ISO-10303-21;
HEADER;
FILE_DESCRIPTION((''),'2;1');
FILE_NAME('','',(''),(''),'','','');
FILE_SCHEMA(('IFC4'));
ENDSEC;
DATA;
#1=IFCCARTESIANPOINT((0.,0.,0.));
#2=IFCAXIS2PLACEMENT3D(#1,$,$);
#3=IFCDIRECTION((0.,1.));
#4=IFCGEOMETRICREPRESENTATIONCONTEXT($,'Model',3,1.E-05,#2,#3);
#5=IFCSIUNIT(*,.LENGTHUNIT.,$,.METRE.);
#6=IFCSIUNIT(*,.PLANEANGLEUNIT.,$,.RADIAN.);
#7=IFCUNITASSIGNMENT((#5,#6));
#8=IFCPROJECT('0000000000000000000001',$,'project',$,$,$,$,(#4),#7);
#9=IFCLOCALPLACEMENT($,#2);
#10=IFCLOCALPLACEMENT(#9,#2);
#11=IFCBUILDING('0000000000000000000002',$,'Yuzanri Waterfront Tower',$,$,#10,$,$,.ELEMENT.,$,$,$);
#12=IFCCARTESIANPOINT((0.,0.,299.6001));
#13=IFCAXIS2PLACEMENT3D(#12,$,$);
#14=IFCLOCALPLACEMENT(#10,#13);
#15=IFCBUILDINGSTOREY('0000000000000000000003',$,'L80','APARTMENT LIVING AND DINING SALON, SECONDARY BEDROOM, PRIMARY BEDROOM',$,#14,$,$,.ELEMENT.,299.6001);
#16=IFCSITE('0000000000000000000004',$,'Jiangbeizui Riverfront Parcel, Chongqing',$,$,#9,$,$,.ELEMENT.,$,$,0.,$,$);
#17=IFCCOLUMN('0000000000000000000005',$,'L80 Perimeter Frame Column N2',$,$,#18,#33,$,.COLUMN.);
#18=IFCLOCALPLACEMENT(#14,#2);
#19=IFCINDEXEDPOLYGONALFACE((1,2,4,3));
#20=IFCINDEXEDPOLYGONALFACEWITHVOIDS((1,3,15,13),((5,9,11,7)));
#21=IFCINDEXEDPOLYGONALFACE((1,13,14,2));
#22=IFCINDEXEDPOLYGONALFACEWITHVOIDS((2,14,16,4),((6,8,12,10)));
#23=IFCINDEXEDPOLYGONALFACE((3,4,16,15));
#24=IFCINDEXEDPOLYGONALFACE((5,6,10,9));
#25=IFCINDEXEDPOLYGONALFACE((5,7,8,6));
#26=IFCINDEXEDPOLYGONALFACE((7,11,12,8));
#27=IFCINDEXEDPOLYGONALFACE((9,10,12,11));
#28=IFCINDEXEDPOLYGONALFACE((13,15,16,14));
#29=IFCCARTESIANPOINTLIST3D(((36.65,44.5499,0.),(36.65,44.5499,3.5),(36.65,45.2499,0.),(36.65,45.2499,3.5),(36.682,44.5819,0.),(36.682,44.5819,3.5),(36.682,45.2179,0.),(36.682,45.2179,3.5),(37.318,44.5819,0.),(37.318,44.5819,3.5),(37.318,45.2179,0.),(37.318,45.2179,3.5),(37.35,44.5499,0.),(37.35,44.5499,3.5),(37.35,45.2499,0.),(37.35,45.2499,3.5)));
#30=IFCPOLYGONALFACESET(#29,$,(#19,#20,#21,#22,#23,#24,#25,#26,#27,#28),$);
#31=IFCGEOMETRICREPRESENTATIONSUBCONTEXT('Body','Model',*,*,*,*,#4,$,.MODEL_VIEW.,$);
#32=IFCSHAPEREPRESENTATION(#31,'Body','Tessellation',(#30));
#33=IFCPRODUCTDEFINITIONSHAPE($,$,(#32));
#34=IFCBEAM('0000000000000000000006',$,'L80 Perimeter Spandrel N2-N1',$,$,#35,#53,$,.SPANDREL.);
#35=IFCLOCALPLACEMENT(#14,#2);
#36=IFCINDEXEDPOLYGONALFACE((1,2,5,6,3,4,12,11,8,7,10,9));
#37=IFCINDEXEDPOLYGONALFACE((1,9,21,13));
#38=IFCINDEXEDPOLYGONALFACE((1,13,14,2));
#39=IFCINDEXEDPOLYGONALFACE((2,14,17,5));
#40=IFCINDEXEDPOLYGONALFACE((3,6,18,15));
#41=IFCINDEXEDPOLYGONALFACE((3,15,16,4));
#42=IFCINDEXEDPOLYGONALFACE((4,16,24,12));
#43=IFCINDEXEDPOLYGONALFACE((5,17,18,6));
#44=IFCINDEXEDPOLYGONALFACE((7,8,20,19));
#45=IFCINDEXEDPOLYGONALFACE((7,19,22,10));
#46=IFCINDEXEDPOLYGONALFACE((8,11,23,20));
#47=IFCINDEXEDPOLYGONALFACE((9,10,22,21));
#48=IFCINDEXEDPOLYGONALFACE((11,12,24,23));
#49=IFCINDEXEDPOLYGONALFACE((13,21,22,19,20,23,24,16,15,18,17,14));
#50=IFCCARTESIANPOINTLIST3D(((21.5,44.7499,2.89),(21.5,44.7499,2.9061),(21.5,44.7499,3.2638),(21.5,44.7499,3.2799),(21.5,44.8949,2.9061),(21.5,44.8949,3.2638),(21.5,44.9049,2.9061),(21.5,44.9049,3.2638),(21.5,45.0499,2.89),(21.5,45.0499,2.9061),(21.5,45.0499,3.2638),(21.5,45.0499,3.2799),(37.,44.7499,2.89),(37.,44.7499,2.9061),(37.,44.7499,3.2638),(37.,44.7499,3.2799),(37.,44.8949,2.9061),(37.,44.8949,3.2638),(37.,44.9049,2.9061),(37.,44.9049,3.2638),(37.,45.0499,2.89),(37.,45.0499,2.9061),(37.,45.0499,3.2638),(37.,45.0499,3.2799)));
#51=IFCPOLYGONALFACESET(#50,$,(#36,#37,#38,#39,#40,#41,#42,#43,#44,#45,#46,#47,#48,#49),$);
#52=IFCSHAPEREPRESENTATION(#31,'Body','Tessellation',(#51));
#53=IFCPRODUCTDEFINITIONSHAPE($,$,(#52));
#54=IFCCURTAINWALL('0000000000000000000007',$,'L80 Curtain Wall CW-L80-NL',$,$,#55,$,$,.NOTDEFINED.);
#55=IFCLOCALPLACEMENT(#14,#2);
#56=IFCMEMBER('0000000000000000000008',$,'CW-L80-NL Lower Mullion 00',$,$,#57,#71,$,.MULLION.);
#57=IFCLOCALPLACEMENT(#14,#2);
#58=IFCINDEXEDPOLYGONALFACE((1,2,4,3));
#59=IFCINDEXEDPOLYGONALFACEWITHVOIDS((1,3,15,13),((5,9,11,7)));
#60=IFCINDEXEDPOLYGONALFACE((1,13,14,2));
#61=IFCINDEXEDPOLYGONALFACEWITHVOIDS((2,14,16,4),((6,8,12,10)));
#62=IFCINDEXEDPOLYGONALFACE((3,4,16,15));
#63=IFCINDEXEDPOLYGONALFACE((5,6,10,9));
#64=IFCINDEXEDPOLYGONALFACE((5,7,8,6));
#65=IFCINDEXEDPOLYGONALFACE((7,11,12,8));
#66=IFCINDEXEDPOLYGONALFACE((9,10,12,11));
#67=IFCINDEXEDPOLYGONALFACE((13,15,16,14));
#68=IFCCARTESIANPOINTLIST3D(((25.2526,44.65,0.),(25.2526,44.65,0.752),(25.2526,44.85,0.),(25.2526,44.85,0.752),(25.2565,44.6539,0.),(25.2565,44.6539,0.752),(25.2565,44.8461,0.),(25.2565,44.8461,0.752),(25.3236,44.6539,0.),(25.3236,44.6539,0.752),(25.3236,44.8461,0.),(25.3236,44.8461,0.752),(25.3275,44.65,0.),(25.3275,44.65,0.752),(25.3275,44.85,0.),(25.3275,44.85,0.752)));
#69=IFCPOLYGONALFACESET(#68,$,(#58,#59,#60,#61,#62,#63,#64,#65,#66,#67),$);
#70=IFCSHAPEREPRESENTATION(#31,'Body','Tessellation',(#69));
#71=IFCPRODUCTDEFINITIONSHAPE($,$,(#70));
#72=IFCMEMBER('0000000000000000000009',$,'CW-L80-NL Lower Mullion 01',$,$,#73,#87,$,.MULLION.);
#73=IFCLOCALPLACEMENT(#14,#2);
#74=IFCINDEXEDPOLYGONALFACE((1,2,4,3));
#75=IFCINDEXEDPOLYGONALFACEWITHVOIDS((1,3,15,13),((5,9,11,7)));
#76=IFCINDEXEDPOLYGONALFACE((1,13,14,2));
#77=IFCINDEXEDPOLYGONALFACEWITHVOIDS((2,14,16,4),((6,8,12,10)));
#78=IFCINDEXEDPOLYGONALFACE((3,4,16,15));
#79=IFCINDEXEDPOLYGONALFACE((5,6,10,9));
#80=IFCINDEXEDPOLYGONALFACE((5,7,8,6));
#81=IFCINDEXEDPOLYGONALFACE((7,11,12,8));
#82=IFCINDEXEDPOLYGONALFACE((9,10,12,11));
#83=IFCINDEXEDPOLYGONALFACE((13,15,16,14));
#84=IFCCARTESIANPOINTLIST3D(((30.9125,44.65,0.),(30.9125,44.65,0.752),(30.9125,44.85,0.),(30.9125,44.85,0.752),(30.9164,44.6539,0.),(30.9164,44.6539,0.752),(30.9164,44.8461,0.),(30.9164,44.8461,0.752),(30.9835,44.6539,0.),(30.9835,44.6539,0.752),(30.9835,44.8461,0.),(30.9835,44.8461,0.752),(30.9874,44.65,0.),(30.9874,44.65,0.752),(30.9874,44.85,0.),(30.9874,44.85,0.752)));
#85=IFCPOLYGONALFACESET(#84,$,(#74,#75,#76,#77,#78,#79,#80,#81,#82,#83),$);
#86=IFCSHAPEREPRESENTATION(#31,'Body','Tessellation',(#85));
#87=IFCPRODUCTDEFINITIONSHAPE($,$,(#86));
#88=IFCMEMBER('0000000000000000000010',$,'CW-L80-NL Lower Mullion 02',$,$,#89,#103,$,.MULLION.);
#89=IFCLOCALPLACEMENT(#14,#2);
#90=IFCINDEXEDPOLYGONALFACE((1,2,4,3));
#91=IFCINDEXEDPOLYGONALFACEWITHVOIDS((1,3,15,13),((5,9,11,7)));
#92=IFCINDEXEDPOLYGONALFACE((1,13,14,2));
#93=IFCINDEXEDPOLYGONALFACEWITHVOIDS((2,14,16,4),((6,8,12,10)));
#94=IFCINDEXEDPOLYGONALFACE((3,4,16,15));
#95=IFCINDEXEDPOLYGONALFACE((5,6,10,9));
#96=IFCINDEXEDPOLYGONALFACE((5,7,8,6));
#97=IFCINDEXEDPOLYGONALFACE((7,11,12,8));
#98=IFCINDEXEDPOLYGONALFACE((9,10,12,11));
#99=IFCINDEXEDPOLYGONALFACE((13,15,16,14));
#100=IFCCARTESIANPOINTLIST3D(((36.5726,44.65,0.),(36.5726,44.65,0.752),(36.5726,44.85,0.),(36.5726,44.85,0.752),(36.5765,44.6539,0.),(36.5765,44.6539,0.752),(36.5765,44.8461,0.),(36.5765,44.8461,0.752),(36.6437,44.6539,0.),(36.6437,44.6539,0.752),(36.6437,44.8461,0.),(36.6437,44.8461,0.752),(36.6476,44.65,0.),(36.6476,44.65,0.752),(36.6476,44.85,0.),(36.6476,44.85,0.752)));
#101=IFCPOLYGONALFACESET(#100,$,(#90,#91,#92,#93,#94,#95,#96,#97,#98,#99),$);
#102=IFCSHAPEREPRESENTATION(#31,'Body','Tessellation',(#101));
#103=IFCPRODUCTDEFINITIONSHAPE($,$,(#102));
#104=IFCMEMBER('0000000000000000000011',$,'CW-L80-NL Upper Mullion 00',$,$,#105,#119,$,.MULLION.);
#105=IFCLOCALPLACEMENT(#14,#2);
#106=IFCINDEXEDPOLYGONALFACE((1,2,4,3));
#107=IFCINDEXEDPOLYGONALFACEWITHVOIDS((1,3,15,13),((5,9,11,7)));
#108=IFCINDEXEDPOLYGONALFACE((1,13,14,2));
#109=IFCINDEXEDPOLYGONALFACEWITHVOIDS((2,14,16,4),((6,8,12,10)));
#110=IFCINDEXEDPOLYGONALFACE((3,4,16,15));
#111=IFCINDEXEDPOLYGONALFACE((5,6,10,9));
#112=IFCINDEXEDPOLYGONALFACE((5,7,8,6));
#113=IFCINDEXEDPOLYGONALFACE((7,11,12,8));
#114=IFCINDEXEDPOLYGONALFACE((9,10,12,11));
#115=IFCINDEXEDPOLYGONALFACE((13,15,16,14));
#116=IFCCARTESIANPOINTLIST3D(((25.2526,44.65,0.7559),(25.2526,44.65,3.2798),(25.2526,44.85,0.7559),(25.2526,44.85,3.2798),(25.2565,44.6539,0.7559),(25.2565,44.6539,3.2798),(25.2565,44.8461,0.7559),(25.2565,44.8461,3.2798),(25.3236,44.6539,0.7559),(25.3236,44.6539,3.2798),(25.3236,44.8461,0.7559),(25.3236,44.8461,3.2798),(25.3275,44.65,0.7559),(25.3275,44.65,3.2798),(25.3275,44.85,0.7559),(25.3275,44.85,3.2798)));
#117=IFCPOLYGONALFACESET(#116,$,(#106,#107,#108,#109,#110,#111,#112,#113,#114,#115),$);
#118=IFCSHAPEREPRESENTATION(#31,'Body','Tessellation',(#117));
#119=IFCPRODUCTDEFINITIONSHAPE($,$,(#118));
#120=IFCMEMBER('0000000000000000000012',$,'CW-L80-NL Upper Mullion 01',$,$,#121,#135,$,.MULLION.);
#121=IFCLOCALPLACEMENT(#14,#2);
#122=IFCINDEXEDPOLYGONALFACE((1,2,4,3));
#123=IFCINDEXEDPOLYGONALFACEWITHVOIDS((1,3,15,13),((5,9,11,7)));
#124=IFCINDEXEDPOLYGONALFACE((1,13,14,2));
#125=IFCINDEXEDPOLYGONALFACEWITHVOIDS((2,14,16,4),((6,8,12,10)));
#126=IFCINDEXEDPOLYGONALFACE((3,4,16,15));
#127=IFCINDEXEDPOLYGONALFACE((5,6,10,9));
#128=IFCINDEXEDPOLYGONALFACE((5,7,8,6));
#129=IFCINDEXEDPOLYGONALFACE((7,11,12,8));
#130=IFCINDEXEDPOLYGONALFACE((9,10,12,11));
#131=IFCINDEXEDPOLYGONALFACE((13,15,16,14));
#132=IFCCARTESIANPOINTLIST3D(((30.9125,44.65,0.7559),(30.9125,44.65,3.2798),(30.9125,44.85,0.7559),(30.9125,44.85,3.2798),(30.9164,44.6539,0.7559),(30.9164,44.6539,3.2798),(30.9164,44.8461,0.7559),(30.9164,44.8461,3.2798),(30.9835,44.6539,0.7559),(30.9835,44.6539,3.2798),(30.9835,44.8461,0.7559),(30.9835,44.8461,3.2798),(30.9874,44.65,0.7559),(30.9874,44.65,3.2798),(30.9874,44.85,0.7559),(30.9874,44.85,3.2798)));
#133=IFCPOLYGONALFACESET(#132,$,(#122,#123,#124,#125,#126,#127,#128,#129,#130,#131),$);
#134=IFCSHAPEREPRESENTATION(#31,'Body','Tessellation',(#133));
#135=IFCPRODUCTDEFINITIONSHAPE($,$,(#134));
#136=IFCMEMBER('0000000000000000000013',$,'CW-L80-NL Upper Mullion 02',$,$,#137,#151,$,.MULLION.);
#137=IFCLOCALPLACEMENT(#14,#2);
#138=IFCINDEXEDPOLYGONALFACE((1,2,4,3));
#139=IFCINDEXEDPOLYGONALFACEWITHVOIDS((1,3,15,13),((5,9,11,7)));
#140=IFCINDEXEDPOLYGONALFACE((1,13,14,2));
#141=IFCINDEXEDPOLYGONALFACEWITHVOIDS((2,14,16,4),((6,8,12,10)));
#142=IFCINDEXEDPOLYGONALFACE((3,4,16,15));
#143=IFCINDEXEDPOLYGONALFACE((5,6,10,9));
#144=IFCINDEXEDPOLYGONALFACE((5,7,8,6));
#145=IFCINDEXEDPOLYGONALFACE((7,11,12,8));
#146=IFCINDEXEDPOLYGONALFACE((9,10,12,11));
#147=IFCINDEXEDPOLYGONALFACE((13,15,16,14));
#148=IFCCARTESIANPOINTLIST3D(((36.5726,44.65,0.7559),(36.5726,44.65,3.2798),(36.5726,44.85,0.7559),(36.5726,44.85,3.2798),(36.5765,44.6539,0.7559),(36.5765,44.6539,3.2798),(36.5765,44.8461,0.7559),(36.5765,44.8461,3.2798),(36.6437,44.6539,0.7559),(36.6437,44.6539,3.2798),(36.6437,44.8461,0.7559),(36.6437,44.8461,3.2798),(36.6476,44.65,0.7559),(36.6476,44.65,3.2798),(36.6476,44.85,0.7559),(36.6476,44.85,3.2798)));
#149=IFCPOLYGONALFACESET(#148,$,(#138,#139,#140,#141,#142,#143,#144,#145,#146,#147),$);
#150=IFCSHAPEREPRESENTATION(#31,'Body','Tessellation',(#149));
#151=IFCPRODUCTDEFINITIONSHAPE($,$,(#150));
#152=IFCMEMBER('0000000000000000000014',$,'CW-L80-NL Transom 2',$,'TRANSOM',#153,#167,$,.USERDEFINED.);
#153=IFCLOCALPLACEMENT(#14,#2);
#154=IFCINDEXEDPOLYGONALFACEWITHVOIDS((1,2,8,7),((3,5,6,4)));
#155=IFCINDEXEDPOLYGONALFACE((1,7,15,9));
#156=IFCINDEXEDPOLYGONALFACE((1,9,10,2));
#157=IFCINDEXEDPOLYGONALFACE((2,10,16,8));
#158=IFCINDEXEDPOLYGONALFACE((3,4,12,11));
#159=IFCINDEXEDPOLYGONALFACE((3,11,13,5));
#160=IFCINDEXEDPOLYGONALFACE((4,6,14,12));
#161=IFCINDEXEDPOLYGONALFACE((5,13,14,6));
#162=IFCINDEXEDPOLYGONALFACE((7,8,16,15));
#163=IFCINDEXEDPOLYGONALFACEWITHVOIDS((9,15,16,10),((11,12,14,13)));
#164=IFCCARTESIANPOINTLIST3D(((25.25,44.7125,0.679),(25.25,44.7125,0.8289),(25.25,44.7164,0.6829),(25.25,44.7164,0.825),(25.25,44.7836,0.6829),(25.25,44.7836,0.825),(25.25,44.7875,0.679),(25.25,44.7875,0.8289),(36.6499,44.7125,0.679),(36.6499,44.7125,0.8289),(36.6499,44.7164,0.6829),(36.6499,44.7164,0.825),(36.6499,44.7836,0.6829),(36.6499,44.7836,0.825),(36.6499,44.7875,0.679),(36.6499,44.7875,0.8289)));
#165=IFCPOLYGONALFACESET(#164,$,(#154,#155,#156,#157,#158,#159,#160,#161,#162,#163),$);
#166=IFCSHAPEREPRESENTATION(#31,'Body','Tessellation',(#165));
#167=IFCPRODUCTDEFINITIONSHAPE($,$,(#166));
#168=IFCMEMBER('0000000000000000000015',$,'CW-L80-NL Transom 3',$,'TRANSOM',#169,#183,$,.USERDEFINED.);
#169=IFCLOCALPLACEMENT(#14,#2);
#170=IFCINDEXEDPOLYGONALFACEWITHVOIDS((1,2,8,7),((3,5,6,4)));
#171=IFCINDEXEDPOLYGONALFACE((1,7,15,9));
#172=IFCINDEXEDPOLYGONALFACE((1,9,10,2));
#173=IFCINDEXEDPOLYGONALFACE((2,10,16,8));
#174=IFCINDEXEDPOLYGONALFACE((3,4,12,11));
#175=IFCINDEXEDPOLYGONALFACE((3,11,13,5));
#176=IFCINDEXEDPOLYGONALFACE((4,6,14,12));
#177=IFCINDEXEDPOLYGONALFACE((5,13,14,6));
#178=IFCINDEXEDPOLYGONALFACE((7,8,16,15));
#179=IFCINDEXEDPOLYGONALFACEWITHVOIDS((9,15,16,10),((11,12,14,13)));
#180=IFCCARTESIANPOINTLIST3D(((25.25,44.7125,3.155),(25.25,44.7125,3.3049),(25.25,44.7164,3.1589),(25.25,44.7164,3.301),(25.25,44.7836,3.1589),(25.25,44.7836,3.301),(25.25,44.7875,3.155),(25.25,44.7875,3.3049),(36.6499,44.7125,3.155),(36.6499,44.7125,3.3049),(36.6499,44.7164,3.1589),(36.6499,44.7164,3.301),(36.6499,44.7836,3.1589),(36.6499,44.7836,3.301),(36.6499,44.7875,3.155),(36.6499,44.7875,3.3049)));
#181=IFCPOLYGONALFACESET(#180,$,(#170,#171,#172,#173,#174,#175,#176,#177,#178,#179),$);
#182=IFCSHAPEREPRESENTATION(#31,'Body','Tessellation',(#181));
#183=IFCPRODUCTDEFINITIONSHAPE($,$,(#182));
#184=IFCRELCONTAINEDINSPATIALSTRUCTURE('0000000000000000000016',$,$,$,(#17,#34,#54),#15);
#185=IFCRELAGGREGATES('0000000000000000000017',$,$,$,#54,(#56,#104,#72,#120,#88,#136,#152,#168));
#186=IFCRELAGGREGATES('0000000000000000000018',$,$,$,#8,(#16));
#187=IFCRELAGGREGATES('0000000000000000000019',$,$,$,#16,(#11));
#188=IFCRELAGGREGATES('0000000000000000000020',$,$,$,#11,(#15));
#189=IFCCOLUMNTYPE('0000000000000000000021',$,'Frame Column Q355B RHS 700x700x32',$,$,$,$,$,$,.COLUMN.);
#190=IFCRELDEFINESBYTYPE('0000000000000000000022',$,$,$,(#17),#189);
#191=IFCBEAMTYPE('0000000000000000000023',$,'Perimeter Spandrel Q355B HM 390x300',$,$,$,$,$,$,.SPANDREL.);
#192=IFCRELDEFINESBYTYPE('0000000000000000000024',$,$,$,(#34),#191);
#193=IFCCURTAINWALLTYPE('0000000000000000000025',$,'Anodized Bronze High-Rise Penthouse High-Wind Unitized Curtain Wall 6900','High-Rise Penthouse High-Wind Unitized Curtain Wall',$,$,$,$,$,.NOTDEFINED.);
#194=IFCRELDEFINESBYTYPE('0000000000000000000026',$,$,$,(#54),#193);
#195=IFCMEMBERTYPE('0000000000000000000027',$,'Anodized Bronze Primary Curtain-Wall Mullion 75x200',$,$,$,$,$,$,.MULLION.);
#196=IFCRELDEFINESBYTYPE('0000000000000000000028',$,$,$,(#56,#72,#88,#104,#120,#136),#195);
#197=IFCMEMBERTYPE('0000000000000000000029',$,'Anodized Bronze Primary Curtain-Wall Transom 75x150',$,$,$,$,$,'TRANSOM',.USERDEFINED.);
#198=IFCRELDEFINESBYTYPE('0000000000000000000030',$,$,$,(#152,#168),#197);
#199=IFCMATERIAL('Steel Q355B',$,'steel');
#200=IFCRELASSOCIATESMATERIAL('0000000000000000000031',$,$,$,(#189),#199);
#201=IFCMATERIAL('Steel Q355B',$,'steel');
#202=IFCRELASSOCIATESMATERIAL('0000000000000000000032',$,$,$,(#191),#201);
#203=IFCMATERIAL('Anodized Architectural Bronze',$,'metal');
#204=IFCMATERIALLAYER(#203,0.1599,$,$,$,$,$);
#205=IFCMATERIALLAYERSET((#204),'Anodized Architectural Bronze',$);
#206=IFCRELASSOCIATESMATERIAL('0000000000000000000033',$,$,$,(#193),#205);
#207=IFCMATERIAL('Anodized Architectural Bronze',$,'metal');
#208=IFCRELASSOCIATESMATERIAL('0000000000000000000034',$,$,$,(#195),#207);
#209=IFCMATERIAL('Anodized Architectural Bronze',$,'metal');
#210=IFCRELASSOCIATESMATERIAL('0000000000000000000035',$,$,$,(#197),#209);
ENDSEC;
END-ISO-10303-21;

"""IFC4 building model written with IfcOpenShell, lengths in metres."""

from ifc_helpers import new_model, si_unit, direction, frame, origin, origin_2d, place, context, subcontext, project, spatial, hollow_rectangle, i_section, extrude, source, transform, mapped, material, layer, layer_set, material_profile, profile_set, type_object, element, aggregate, save


model = new_model("IFC4")

# Units and contexts
model_context = context("Model", 3, precision=1e-05, world=origin(), true_north=direction((0.0, 1.0)))
body_context = subcontext(model_context, "Body", "Model", "MODEL_VIEW")
ifc_project = project(units=[si_unit("LENGTHUNIT", "METRE"), si_unit("PLANEANGLEUNIT", "RADIAN")], contexts=[model_context])

# Site, building, storey
site_placement = place(None, origin())
site = spatial("IfcSite", under=ifc_project, at=site_placement, Name="Jiangbeizui Riverfront Parcel, Chongqing", CompositionType="ELEMENT", RefElevation=0.0)
building_placement = place(site_placement, origin())
building = spatial("IfcBuilding", under=site, at=building_placement, Name="Yuzanri Waterfront Tower", CompositionType="ELEMENT")
storey_placement = place(building_placement, frame((0.0, 0.0, 299.6001)))
storey = spatial("IfcBuildingStorey", under=building, at=storey_placement, Name="L80", Description="APARTMENT LIVING AND DINING SALON, SECONDARY BEDROOM, PRIMARY BEDROOM", CompositionType="ELEMENT", Elevation=299.6001)

# Column
ifc_material_1 = material(Name="Steel Q355B", Category="steel")
ifc_material_profile_1 = material_profile(ifc_material_1, hollow_rectangle(XDim=0.7, YDim=0.7, WallThickness=0.032, at=origin_2d()), Name="RHS 700x700x32")
ifc_profile_set_1 = profile_set([ifc_material_profile_1], Name="Steel Q355B")
column_type = type_object("IfcColumnType", Name="Frame Column Q355B RHS 700x700x32", PredefinedType="COLUMN", material=ifc_profile_set_1)
shared_shape_1 = source(origin(), body_context, "Body", "SweptSolid", [
    extrude(hollow_rectangle(XDim=0.7, YDim=0.7, WallThickness=0.032, at=origin_2d()), origin(), (0.0, 0.0, 1.0), 3.5),
])
column_placement = place(storey_placement, frame((37.0, 44.8999, 0.0), z_axis=(0.0, 0.0, 1.0), x_axis=(1.0, 0.0, 0.0)))
element("IfcColumn", 1, at=column_placement, inside=storey, type_object=column_type, Name="L80 Perimeter Frame Column N2", PredefinedType="COLUMN", context=body_context, shape_type="MappedRepresentation", body=[
    mapped(shared_shape_1, transform((0.0, 0.0, 0.0), scale=1.0)),
])

# Beam
ifc_material_2 = material(Name="Steel Q355B", Category="steel")
ifc_material_profile_2 = material_profile(ifc_material_2, i_section(OverallWidth=0.3, OverallDepth=0.3899, WebThickness=0.01, FlangeThickness=0.0161, at=origin_2d()), Name="HM 390x300x10x16")
ifc_profile_set_2 = profile_set([ifc_material_profile_2], Name="Steel Q355B")
beam_type = type_object("IfcBeamType", Name="Perimeter Spandrel Q355B HM 390x300", PredefinedType="SPANDREL", material=ifc_profile_set_2)
shared_shape_2 = source(origin(), body_context, "Body", "SweptSolid", [
    extrude(i_section(OverallWidth=0.3, OverallDepth=0.3899, WebThickness=0.01, FlangeThickness=0.0161, at=origin_2d()), origin(), (0.0, 0.0, 1.0), 15.5),
])
beam_placement = place(storey_placement, frame((37.0, 44.8999, 3.085), z_axis=(-1.0, 0.0, 0.0), x_axis=(0.0, -1.0, 0.0)))
element("IfcBeam", 2, at=beam_placement, inside=storey, type_object=beam_type, Name="L80 Perimeter Spandrel N2-N1", PredefinedType="SPANDREL", context=body_context, shape_type="MappedRepresentation", body=[
    mapped(shared_shape_2, transform((0.0, 0.0, 0.0), scale=1.0)),
])

# Curtain wall, members
ifc_material_3 = material(Name="Anodized Architectural Bronze", Category="metal")
ifc_layer_1 = layer(ifc_material_3, 0.1599)
ifc_layer_set_1 = layer_set([ifc_layer_1], Name="Anodized Architectural Bronze")
curtain_wall_type = type_object("IfcCurtainWallType", Name="Anodized Bronze High-Rise Penthouse High-Wind Unitized Curtain Wall 6900", Description="High-Rise Penthouse High-Wind Unitized Curtain Wall", PredefinedType="NOTDEFINED", material=ifc_layer_set_1)
curtain_wall_placement = place(storey_placement, origin())
curtain_wall = element("IfcCurtainWall", 3, at=curtain_wall_placement, inside=storey, type_object=curtain_wall_type, Name="L80 Curtain Wall CW-L80-NL", PredefinedType="NOTDEFINED")
ifc_material_4 = material(Name="Anodized Architectural Bronze", Category="metal")
ifc_material_profile_3 = material_profile(ifc_material_4, hollow_rectangle(XDim=0.075, YDim=0.2, WallThickness=0.0039, at=origin_2d()), Name="CWM 75x200")
ifc_profile_set_3 = profile_set([ifc_material_profile_3], Name="Anodized Architectural Bronze")
member_type_1 = type_object("IfcMemberType", Name="Anodized Bronze Primary Curtain-Wall Mullion 75x200", PredefinedType="MULLION", material=ifc_profile_set_3)
shared_shape_3 = source(origin(), body_context, "Body", "SweptSolid", [
    extrude(hollow_rectangle(XDim=0.075, YDim=0.2, WallThickness=0.0039, at=origin_2d()), origin(), (0.0, 0.0, 1.0), 0.752),
])
member_1_placement = place(storey_placement, frame((25.29, 44.75, 0.0), z_axis=(0.0, 0.0, 1.0), x_axis=(1.0, 0.0, 0.0)))
member_1 = element("IfcMember", 4, at=member_1_placement, type_object=member_type_1, Name="CW-L80-NL Lower Mullion 00", PredefinedType="MULLION", context=body_context, shape_type="MappedRepresentation", body=[
    mapped(shared_shape_3, transform((0.0, 0.0, 0.0), scale=1.0)),
])
member_2_placement = place(storey_placement, frame((30.95, 44.75, 0.0), z_axis=(0.0, 0.0, 1.0), x_axis=(1.0, 0.0, 0.0)))
member_2 = element("IfcMember", 5, at=member_2_placement, type_object=member_type_1, Name="CW-L80-NL Lower Mullion 01", PredefinedType="MULLION", context=body_context, shape_type="MappedRepresentation", body=[
    mapped(shared_shape_3, transform((0.0, 0.0, 0.0), scale=1.0)),
])
member_3_placement = place(storey_placement, frame((36.6101, 44.75, 0.0), z_axis=(0.0, 0.0, 1.0), x_axis=(1.0, 0.0, 0.0)))
member_3 = element("IfcMember", 6, at=member_3_placement, type_object=member_type_1, Name="CW-L80-NL Lower Mullion 02", PredefinedType="MULLION", context=body_context, shape_type="MappedRepresentation", body=[
    mapped(shared_shape_3, transform((0.0, 0.0, 0.0), scale=1.0)),
])
shared_shape_4 = source(origin(), body_context, "Body", "SweptSolid", [
    extrude(hollow_rectangle(XDim=0.075, YDim=0.2, WallThickness=0.0039, at=origin_2d()), origin(), (0.0, 0.0, 1.0), 2.5239),
])
member_4_placement = place(storey_placement, frame((25.29, 44.75, 0.7559), z_axis=(0.0, 0.0, 1.0), x_axis=(1.0, 0.0, 0.0)))
member_4 = element("IfcMember", 7, at=member_4_placement, type_object=member_type_1, Name="CW-L80-NL Upper Mullion 00", PredefinedType="MULLION", context=body_context, shape_type="MappedRepresentation", body=[
    mapped(shared_shape_4, transform((0.0, 0.0, 0.0), scale=1.0)),
])
member_5_placement = place(storey_placement, frame((30.95, 44.75, 0.7559), z_axis=(0.0, 0.0, 1.0), x_axis=(1.0, 0.0, 0.0)))
member_5 = element("IfcMember", 8, at=member_5_placement, type_object=member_type_1, Name="CW-L80-NL Upper Mullion 01", PredefinedType="MULLION", context=body_context, shape_type="MappedRepresentation", body=[
    mapped(shared_shape_4, transform((0.0, 0.0, 0.0), scale=1.0)),
])
member_6_placement = place(storey_placement, frame((36.6101, 44.75, 0.7559), z_axis=(0.0, 0.0, 1.0), x_axis=(1.0, 0.0, 0.0)))
member_6 = element("IfcMember", 9, at=member_6_placement, type_object=member_type_1, Name="CW-L80-NL Upper Mullion 02", PredefinedType="MULLION", context=body_context, shape_type="MappedRepresentation", body=[
    mapped(shared_shape_4, transform((0.0, 0.0, 0.0), scale=1.0)),
])
ifc_material_5 = material(Name="Anodized Architectural Bronze", Category="metal")
ifc_material_profile_4 = material_profile(ifc_material_5, hollow_rectangle(XDim=0.075, YDim=0.1499, WallThickness=0.0039, at=origin_2d()), Name="CWT 75x150")
ifc_profile_set_4 = profile_set([ifc_material_profile_4], Name="Anodized Architectural Bronze")
member_type_2 = type_object("IfcMemberType", Name="Anodized Bronze Primary Curtain-Wall Transom 75x150", ElementType="TRANSOM", PredefinedType="USERDEFINED", material=ifc_profile_set_4)
shared_shape_5 = source(origin(), body_context, "Body", "SweptSolid", [
    extrude(hollow_rectangle(XDim=0.075, YDim=0.1499, WallThickness=0.0039, at=origin_2d()), origin(), (0.0, 0.0, 1.0), 11.3999),
])
member_7_placement = place(storey_placement, frame((25.25, 44.75, 0.7539), z_axis=(1.0, 0.0, 0.0), x_axis=(0.0, 1.0, 0.0)))
member_7 = element("IfcMember", 10, at=member_7_placement, type_object=member_type_2, Name="CW-L80-NL Transom 2", ObjectType="TRANSOM", PredefinedType="USERDEFINED", context=body_context, shape_type="MappedRepresentation", body=[
    mapped(shared_shape_5, transform((0.0, 0.0, 0.0), scale=1.0)),
])
member_8_placement = place(storey_placement, frame((25.25, 44.75, 3.23), z_axis=(1.0, 0.0, 0.0), x_axis=(0.0, 1.0, 0.0)))
member_8 = element("IfcMember", 11, at=member_8_placement, type_object=member_type_2, Name="CW-L80-NL Transom 3", ObjectType="TRANSOM", PredefinedType="USERDEFINED", context=body_context, shape_type="MappedRepresentation", body=[
    mapped(shared_shape_5, transform((0.0, 0.0, 0.0), scale=1.0)),
])
aggregate(curtain_wall, [member_1, member_4, member_2, member_5, member_3, member_6, member_7, member_8])

save(model, "model.ifc")
